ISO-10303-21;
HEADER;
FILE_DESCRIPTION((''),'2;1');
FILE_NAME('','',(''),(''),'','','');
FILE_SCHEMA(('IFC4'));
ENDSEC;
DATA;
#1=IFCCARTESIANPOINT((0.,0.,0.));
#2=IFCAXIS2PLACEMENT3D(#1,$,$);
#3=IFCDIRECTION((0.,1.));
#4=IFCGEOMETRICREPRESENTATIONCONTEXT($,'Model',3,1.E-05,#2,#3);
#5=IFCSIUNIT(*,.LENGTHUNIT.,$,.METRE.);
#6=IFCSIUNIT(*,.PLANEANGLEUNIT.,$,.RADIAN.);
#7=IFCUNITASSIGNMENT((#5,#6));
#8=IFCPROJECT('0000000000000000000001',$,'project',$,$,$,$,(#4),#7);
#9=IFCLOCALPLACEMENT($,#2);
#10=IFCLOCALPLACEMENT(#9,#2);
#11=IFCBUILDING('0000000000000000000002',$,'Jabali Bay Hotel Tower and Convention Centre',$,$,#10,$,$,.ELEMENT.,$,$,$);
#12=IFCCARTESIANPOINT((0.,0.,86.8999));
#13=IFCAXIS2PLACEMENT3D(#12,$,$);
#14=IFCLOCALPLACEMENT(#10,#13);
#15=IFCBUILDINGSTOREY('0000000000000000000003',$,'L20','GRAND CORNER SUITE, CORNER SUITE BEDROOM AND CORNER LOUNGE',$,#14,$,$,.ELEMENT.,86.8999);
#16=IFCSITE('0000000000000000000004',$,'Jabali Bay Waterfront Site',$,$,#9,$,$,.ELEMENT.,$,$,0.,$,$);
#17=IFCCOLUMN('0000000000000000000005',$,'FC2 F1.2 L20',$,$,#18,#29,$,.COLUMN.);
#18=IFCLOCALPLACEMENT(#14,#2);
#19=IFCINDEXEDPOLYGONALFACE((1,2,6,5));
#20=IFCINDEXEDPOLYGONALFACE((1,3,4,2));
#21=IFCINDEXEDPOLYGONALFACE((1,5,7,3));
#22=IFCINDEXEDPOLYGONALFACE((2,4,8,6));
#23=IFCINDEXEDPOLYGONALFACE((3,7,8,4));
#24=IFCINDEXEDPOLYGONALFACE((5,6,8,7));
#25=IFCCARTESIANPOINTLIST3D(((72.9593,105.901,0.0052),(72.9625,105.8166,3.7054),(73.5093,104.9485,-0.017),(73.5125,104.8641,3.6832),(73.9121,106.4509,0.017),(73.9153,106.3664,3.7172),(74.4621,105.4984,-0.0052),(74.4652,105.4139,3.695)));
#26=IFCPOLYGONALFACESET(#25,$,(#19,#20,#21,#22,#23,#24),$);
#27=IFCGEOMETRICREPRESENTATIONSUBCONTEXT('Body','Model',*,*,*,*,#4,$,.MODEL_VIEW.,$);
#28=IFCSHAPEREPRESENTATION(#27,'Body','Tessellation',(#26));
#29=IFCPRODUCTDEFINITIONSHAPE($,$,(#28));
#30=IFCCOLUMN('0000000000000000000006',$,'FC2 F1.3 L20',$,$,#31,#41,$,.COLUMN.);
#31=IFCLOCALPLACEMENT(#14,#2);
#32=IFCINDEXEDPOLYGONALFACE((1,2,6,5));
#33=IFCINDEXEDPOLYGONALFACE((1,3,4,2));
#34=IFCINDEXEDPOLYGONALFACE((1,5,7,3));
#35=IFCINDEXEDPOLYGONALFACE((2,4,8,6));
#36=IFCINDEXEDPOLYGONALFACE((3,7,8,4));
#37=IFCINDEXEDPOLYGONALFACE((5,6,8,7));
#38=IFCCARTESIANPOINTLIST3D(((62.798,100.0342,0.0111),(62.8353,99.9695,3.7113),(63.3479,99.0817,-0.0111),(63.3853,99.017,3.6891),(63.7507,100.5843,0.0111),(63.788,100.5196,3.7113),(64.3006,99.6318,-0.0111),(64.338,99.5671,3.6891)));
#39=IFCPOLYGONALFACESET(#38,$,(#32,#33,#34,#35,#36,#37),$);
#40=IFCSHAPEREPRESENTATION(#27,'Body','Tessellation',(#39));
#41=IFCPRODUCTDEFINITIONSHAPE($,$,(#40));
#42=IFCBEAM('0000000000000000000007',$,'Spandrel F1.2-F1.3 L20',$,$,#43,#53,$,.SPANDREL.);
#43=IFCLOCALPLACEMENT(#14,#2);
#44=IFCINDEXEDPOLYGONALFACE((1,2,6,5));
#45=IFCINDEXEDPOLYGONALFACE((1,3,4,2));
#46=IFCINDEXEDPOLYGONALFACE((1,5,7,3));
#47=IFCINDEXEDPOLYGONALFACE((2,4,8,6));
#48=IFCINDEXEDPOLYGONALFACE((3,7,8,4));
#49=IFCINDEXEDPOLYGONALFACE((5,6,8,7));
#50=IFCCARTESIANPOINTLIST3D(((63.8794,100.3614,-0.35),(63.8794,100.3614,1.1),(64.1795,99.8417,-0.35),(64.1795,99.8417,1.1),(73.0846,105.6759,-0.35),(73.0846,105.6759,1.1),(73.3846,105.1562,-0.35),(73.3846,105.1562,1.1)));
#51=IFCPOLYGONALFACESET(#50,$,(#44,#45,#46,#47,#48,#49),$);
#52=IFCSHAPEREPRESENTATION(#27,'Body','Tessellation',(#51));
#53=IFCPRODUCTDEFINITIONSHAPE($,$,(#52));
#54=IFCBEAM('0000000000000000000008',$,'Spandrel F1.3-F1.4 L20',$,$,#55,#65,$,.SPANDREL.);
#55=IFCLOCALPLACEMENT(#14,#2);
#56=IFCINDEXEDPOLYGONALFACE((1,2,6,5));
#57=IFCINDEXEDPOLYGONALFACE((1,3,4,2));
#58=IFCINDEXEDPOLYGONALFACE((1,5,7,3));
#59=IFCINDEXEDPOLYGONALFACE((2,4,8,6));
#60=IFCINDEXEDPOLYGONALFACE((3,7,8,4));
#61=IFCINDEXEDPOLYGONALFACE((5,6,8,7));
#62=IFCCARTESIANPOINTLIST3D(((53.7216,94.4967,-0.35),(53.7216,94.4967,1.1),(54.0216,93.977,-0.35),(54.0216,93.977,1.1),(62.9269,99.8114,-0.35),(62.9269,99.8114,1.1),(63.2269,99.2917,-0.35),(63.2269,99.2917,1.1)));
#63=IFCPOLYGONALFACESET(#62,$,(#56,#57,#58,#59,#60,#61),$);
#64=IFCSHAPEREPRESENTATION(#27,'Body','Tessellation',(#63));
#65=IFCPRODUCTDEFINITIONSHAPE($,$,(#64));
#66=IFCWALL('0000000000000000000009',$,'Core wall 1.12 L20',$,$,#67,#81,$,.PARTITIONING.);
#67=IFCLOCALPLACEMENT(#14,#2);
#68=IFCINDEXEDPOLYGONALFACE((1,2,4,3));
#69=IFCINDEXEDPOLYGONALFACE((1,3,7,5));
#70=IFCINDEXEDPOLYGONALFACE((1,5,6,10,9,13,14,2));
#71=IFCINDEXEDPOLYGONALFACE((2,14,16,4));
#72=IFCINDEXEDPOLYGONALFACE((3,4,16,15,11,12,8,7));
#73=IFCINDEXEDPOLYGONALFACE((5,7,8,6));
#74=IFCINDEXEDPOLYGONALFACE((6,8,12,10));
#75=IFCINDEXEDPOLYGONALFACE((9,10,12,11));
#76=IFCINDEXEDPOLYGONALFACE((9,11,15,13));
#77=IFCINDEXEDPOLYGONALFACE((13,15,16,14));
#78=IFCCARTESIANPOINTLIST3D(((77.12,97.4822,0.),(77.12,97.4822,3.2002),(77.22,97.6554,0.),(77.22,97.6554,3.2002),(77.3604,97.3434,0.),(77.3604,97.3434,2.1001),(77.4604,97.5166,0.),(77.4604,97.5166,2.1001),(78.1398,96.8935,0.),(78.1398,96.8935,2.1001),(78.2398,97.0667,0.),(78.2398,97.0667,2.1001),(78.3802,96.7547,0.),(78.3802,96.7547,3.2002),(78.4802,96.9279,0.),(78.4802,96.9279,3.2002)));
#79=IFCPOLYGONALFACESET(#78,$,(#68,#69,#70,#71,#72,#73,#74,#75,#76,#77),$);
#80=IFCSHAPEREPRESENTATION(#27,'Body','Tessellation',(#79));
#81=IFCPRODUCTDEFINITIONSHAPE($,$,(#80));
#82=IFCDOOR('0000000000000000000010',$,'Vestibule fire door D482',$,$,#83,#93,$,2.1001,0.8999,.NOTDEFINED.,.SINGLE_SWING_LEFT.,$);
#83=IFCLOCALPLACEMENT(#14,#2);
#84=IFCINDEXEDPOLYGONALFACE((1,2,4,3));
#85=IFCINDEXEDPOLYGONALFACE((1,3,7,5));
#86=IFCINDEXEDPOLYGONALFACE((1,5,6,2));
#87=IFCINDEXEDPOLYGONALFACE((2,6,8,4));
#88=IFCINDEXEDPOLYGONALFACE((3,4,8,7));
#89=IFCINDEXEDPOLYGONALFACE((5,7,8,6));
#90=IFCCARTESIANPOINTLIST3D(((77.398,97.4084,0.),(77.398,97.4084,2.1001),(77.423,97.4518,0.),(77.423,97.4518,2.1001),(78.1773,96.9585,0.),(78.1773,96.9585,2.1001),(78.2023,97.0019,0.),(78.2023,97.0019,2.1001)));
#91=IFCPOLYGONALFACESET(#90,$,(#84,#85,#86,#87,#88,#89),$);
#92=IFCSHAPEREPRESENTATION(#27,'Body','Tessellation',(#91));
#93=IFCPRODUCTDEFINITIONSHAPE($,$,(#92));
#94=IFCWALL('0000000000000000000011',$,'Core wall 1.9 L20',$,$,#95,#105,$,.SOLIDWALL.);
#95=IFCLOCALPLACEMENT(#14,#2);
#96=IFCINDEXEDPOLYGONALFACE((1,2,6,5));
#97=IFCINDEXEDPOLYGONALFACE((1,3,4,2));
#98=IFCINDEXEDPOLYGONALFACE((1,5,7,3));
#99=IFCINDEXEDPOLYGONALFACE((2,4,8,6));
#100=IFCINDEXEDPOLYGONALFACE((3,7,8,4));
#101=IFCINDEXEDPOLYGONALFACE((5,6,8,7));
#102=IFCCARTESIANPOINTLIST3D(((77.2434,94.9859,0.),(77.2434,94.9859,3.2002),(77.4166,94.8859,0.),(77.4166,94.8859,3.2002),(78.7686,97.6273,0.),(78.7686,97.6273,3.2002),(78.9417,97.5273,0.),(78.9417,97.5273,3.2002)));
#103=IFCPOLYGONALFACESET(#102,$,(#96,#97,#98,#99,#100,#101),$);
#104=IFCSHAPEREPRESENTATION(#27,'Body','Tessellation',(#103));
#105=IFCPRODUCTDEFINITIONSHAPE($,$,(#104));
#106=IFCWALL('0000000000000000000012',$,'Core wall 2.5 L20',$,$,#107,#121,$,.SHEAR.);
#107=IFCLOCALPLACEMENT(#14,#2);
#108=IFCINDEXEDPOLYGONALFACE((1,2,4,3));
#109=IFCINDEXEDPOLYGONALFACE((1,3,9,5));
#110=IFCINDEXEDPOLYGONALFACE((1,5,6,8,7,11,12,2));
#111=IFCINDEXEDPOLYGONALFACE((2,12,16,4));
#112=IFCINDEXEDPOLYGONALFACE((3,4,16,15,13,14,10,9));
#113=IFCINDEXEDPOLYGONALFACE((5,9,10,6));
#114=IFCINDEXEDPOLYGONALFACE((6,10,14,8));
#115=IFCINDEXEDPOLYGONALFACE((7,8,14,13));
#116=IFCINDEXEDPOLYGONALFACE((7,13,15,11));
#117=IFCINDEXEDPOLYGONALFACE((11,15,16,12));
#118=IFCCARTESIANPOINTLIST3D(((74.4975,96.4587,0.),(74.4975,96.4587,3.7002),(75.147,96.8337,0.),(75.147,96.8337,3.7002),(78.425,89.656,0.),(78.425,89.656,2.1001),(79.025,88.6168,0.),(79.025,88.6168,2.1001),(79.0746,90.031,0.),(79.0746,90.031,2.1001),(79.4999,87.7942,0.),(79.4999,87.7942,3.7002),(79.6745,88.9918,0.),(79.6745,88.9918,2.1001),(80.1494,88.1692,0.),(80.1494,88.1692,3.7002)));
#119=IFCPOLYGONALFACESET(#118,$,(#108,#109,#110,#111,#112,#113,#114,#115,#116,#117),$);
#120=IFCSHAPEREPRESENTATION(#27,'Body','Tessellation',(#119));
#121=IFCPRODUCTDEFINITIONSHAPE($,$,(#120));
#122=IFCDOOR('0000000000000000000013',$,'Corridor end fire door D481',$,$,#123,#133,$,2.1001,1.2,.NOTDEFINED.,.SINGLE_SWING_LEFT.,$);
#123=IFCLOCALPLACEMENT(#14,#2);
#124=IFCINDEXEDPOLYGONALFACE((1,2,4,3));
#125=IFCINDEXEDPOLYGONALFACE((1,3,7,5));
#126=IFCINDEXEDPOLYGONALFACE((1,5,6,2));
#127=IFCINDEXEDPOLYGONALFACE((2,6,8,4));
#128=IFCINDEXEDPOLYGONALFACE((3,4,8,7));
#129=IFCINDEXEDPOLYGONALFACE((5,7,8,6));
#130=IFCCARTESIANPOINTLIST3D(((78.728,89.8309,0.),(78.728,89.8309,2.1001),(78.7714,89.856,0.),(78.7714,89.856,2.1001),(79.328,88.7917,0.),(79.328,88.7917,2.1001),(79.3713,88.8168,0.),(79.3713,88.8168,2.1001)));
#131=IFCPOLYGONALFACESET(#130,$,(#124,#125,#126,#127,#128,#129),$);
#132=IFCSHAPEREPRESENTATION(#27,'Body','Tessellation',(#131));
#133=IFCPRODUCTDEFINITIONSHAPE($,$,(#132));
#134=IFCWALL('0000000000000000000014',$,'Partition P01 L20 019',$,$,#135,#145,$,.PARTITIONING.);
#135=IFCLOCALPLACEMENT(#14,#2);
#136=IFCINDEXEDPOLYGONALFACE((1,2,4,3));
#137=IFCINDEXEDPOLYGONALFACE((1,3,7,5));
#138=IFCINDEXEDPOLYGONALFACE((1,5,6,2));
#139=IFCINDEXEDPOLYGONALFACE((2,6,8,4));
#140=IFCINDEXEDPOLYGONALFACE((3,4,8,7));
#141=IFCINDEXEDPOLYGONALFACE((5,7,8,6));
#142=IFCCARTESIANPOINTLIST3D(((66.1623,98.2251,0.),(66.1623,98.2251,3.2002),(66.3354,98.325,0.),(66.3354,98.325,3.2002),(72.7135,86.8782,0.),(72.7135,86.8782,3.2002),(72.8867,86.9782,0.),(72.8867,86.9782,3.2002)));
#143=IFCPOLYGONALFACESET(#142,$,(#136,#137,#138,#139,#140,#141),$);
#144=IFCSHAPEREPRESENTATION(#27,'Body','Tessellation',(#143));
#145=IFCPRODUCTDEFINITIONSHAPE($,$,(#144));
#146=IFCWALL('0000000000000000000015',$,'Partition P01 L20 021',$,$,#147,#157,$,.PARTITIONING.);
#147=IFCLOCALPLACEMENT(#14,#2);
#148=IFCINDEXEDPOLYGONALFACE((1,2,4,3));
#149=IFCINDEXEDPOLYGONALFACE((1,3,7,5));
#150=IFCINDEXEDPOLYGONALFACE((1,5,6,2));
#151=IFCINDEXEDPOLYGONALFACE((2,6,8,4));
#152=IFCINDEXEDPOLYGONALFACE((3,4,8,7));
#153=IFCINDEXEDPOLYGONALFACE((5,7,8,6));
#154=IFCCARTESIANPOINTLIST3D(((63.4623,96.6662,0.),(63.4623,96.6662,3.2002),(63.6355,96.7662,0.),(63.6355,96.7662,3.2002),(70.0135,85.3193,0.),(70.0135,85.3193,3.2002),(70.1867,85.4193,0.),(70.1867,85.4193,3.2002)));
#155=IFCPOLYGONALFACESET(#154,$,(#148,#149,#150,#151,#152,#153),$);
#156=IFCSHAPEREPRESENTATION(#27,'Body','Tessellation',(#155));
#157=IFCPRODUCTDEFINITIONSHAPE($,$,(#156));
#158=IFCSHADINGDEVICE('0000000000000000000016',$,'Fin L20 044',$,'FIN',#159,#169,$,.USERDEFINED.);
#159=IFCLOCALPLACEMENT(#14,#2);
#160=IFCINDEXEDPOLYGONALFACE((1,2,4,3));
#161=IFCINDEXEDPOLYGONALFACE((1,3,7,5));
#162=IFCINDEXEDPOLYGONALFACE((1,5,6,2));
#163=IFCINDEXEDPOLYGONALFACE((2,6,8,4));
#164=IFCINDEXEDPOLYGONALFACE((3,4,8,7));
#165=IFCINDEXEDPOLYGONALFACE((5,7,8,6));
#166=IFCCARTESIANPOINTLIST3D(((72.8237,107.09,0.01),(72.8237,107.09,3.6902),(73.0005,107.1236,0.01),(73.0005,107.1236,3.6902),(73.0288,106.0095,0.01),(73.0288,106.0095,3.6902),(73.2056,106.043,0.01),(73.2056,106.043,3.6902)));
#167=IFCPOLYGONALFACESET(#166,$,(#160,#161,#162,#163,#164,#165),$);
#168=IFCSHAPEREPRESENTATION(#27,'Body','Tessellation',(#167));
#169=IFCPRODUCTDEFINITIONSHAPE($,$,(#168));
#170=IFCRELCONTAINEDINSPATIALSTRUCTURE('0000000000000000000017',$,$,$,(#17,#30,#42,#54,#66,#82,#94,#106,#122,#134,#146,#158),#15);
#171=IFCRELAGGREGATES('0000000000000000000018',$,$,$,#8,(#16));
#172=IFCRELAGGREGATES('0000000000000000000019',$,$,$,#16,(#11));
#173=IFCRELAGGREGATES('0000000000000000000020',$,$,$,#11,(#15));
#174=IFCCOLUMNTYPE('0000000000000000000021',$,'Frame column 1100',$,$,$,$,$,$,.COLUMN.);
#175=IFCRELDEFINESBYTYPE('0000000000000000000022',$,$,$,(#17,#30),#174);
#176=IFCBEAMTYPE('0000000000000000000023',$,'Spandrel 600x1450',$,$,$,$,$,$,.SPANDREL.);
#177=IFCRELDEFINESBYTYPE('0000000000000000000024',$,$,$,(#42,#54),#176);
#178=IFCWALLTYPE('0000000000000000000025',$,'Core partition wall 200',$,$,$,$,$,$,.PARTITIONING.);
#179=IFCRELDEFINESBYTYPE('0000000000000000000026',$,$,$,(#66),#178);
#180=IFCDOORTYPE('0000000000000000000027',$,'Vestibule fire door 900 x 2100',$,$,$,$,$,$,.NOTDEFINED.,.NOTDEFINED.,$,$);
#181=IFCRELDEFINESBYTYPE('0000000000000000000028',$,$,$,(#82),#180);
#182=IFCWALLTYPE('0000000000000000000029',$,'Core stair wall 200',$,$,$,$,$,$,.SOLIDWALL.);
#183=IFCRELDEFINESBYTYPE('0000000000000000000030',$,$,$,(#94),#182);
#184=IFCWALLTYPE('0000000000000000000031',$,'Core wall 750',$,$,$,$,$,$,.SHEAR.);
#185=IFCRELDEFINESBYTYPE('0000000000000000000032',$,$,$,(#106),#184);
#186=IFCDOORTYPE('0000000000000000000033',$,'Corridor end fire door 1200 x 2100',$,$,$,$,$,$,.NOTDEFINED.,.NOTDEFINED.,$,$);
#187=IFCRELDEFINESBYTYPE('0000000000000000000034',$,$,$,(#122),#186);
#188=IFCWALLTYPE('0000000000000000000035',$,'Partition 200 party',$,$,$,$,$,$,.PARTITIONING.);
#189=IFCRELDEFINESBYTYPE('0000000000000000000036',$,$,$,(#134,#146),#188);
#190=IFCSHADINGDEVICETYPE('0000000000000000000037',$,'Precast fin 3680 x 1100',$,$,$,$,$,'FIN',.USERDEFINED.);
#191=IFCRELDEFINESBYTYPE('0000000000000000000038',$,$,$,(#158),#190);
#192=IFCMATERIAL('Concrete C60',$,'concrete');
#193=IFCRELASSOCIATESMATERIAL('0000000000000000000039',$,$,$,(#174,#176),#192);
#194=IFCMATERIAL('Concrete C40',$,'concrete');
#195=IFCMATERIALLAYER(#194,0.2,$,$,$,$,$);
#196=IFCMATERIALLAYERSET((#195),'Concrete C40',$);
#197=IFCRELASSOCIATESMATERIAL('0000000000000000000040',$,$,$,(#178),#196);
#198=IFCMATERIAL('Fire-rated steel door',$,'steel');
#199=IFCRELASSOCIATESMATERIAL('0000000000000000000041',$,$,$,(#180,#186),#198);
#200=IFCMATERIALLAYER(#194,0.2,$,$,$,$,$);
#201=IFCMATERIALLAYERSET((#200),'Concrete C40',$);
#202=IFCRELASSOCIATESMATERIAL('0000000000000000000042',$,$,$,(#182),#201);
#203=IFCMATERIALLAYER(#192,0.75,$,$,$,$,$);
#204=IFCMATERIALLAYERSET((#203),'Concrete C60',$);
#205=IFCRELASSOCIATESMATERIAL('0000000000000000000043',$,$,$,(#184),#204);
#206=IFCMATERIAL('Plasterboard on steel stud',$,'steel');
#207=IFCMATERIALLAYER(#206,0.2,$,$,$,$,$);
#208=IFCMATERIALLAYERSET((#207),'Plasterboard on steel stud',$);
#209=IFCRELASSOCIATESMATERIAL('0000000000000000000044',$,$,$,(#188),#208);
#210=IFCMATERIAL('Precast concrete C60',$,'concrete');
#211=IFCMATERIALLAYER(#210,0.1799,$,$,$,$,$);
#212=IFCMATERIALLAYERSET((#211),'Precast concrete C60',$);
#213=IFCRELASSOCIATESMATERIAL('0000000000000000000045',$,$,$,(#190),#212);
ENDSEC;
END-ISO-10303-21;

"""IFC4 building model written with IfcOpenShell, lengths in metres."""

from ifc_helpers import new_model, si_unit, direction, frame, frame_2d, origin, origin_2d, place, context, subcontext, project, spatial, rectangle, extrude, material, layer, layer_set, material_profile, profile_set, type_object, element, fill, save


model = new_model("IFC4")

# Units and contexts
model_context = context("Model", 3, precision=1e-05, world=origin(), true_north=direction((0.0, 1.0)))
body_context = subcontext(model_context, "Body", "Model", "MODEL_VIEW")
ifc_project = project(units=[si_unit("LENGTHUNIT", "METRE"), si_unit("PLANEANGLEUNIT", "RADIAN")], contexts=[model_context])

# Site, building, storey
site_placement = place(None, origin())
site = spatial("IfcSite", under=ifc_project, at=site_placement, Name="Jabali Bay Waterfront Site", CompositionType="ELEMENT", RefElevation=0.0)
building_placement = place(site_placement, origin())
building = spatial("IfcBuilding", under=site, at=building_placement, Name="Jabali Bay Hotel Tower and Convention Centre", CompositionType="ELEMENT")
storey_placement = place(building_placement, frame((0.0, 0.0, 86.8999)))
storey = spatial("IfcBuildingStorey", under=building, at=storey_placement, Name="L20", Description="GRAND CORNER SUITE, CORNER SUITE BEDROOM AND CORNER LOUNGE", CompositionType="ELEMENT", Elevation=86.8999)

# Columns
ifc_material_1 = material(Name="Concrete C60", Category="concrete")
ifc_material_profile_1 = material_profile(ifc_material_1, rectangle(XDim=1.1001, YDim=1.1001, at=origin_2d()), Name="Frame column 1100")
ifc_profile_set_1 = profile_set([ifc_material_profile_1], Name="Concrete C60")
column_type = type_object("IfcColumnType", Name="Frame column 1100", PredefinedType="COLUMN", material=ifc_profile_set_1)
column_1_placement = place(storey_placement, frame((73.7107, 105.6997, 0.0), z_axis=(0.000858, -0.022823, 0.999739), x_axis=(0.86606, 0.499825, 0.010668)))
element("IfcColumn", 1, at=column_1_placement, inside=storey, type_object=column_type, Name="FC2 F1.2 L20", PredefinedType="COLUMN", context=body_context, shape_type="SweptSolid", body=[
    extrude(rectangle(XDim=1.1001, YDim=1.1001, at=origin_2d()), origin(), (0.0, 0.0, 1.0), 3.7012),
])
column_2_placement = place(storey_placement, frame((63.5493, 99.833, 0.0), z_axis=(0.010093, -0.017481, 0.999796), x_axis=(0.866017, 0.500015, 0.0)))
element("IfcColumn", 2, at=column_2_placement, inside=storey, type_object=column_type, Name="FC2 F1.3 L20", PredefinedType="COLUMN", context=body_context, shape_type="SweptSolid", body=[
    extrude(rectangle(XDim=1.1001, YDim=1.1001, at=origin_2d()), origin(), (0.0, 0.0, 1.0), 3.7009),
])

# Beams
ifc_material_profile_2 = material_profile(ifc_material_1, rectangle(XDim=0.6001, YDim=1.45, at=origin_2d()), Name="Spandrel 600x1450")
ifc_profile_set_2 = profile_set([ifc_material_profile_2], Name="Concrete C60")
beam_type = type_object("IfcBeamType", Name="Spandrel 600x1450", PredefinedType="SPANDREL", material=ifc_profile_set_2)
beam_1_placement = place(storey_placement, frame((73.2346, 105.416, 0.375), z_axis=(-0.86603, -0.499993, 0.0), x_axis=(0.499993, -0.86603, 0.0)))
element("IfcBeam", 3, at=beam_1_placement, inside=storey, type_object=beam_type, Name="Spandrel F1.2-F1.3 L20", PredefinedType="SPANDREL", context=body_context, shape_type="SweptSolid", body=[
    extrude(rectangle(XDim=0.6001, YDim=1.45, at=origin_2d()), origin(), (0.0, 0.0, 1.0), 10.6292),
])
beam_2_placement = place(storey_placement, frame((63.0769, 99.5515, 0.375), z_axis=(-0.866025, -0.5, 0.0), x_axis=(0.5, -0.866025, 0.0)))
element("IfcBeam", 4, at=beam_2_placement, inside=storey, type_object=beam_type, Name="Spandrel F1.3-F1.4 L20", PredefinedType="SPANDREL", context=body_context, shape_type="SweptSolid", body=[
    extrude(rectangle(XDim=0.6001, YDim=1.45, at=origin_2d()), origin(), (0.0, 0.0, 1.0), 10.6294),
])

# Wall, opening, door
ifc_material_2 = material(Name="Concrete C40", Category="concrete")
ifc_layer_1 = layer(ifc_material_2, 0.2)
ifc_layer_set_1 = layer_set([ifc_layer_1], Name="Concrete C40")
wall_type_1 = type_object("IfcWallType", Name="Core partition wall 200", PredefinedType="PARTITIONING", material=ifc_layer_set_1)
wall_1_placement = place(storey_placement, frame((78.4302, 96.8413, 0.0), z_axis=(0.0, 0.0, 1.0), x_axis=(-0.866046, 0.499965, 0.0)))
wall_1 = element("IfcWall", 5, at=wall_1_placement, inside=storey, type_object=wall_type_1, Name="Core wall 1.12 L20", PredefinedType="PARTITIONING", context=body_context, shape_type="SweptSolid", body=[
    extrude(rectangle(XDim=1.4551, YDim=0.2, at=frame_2d((0.7275, 0.0))), origin(), (0.0, 0.0, 1.0), 3.2002),
])
opening_1_placement = place(wall_1_placement, frame((0.2776, 0.0, 0.0)))
opening_1 = element("IfcOpeningElement", 6, at=opening_1_placement, cuts=wall_1, PredefinedType="OPENING", context=body_context, shape_type="SweptSolid", body=[
    extrude(rectangle(XDim=0.8999, YDim=2.1001, at=frame_2d((0.45, 1.05))), frame((0.0, 0.1104, 0.0), z_axis=(0.0, -1.0, 0.0), x_axis=(1.0, 0.0, 0.0)), (0.0, 0.0, 1.0), 0.2209),
])
ifc_material_3 = material(Name="Fire-rated steel door", Category="steel")
door_type_1 = type_object("IfcDoorType", Name="Vestibule fire door 900 x 2100", OperationType="NOTDEFINED", PredefinedType="NOTDEFINED", material=ifc_material_3)
door_1_placement = place(opening_1_placement, origin())
door_1 = element("IfcDoor", 7, at=door_1_placement, inside=storey, type_object=door_type_1, Name="Vestibule fire door D482", OperationType="SINGLE_SWING_LEFT", OverallHeight=2.1001, OverallWidth=0.8999, PredefinedType="NOTDEFINED", context=body_context, shape_type="SweptSolid", body=[
    extrude(rectangle(XDim=0.8999, YDim=2.1001, at=frame_2d((0.45, 1.05))), frame((0.0, 0.0249, 0.0), z_axis=(0.0, -1.0, 0.0), x_axis=(1.0, 0.0, 0.0)), (0.0, 0.0, 1.0), 0.05),
])
fill(opening_1, door_1)

# Wall
ifc_layer_2 = layer(ifc_material_2, 0.2)
ifc_layer_set_2 = layer_set([ifc_layer_2], Name="Concrete C40")
wall_type_2 = type_object("IfcWallType", Name="Core stair wall 200", PredefinedType="SOLIDWALL", material=ifc_layer_set_2)
wall_2_placement = place(storey_placement, frame((77.3301, 94.936, 0.0), z_axis=(0.0, 0.0, 1.0), x_axis=(0.500039, 0.866003, 0.0)))
element("IfcWall", 8, at=wall_2_placement, inside=storey, type_object=wall_type_2, Name="Core wall 1.9 L20", PredefinedType="SOLIDWALL", context=body_context, shape_type="SweptSolid", body=[
    extrude(rectangle(XDim=3.05, YDim=0.2, at=frame_2d((1.5249, 0.0))), origin(), (0.0, 0.0, 1.0), 3.2002),
])

# Wall, opening, door
ifc_layer_3 = layer(ifc_material_1, 0.75)
ifc_layer_set_3 = layer_set([ifc_layer_3], Name="Concrete C60")
wall_type_3 = type_object("IfcWallType", Name="Core wall 750", PredefinedType="SHEAR", material=ifc_layer_set_3)
wall_3_placement = place(storey_placement, frame((74.8223, 96.6462, 0.0), z_axis=(0.0, 0.0, 1.0), x_axis=(0.499997, -0.866027, 0.0)))
wall_3 = element("IfcWall", 9, at=wall_3_placement, inside=storey, type_object=wall_type_3, Name="Core wall 2.5 L20", PredefinedType="SHEAR", context=body_context, shape_type="SweptSolid", body=[
    extrude(rectangle(XDim=10.0049, YDim=0.75, at=frame_2d((5.0024, 0.0))), origin(), (0.0, 0.0, 1.0), 3.7002),
])
opening_2_placement = place(wall_3_placement, frame((7.855, 0.0, 0.0)))
opening_2 = element("IfcOpeningElement", 10, at=opening_2_placement, cuts=wall_3, PredefinedType="OPENING", context=body_context, shape_type="SweptSolid", body=[
    extrude(rectangle(XDim=1.2, YDim=2.1001, at=frame_2d((0.6001, 1.05))), frame((0.0, 0.3855, 0.0), z_axis=(0.0, -1.0, 0.0), x_axis=(1.0, 0.0, 0.0)), (0.0, 0.0, 1.0), 0.771),
])
door_type_2 = type_object("IfcDoorType", Name="Corridor end fire door 1200 x 2100", OperationType="NOTDEFINED", PredefinedType="NOTDEFINED", material=ifc_material_3)
door_2_placement = place(opening_2_placement, origin())
door_2 = element("IfcDoor", 11, at=door_2_placement, inside=storey, type_object=door_type_2, Name="Corridor end fire door D481", OperationType="SINGLE_SWING_LEFT", OverallHeight=2.1001, OverallWidth=1.2, PredefinedType="NOTDEFINED", context=body_context, shape_type="SweptSolid", body=[
    extrude(rectangle(XDim=1.2, YDim=2.1001, at=frame_2d((0.6001, 1.05))), frame((0.0, 0.0249, 0.0), z_axis=(0.0, -1.0, 0.0), x_axis=(1.0, 0.0, 0.0)), (0.0, 0.0, 1.0), 0.05),
])
fill(opening_2, door_2)

# Walls
ifc_material_4 = material(Name="Plasterboard on steel stud", Category="steel")
ifc_layer_4 = layer(ifc_material_4, 0.2)
ifc_layer_set_4 = layer_set([ifc_layer_4], Name="Plasterboard on steel stud")
wall_type_4 = type_object("IfcWallType", Name="Partition 200 party", PredefinedType="PARTITIONING", material=ifc_layer_set_4)
for number, where, z_axis, x_axis, name in (
    (12, (66.2488, 98.2751, 0.0), (0.0, 0.0, 1.0), (0.500007, -0.866021, 0.0), "Partition P01 L20 019"),
    (13, (63.5488, 96.7163, 0.0), (0.0, 0.0, 1.0), (0.500007, -0.866021, 0.0), "Partition P01 L20 021"),
):
    element("IfcWall", number, at=place(storey_placement, frame(where, z_axis=z_axis, x_axis=x_axis)), inside=storey, type_object=wall_type_4, Name=name, PredefinedType="PARTITIONING", context=body_context, shape_type="SweptSolid", body=[
        extrude(rectangle(XDim=13.1023, YDim=0.2, at=frame_2d((6.5513, 0.0))), origin(), (0.0, 0.0, 1.0), 3.2002),
    ])

# Shading device
ifc_material_5 = material(Name="Precast concrete C60", Category="concrete")
ifc_layer_5 = layer(ifc_material_5, 0.1799)
ifc_layer_set_5 = layer_set([ifc_layer_5], Name="Precast concrete C60")
shading_device_type_1 = type_object("IfcShadingDeviceType", Name="Precast fin 3680 x 1100", ElementType="FIN", PredefinedType="USERDEFINED", material=ifc_layer_set_5)
shading_device_1_placement = place(storey_placement, frame((73.1172, 106.0264, 0.01), z_axis=(0.0, 0.0, 1.0), x_axis=(-0.186459, 0.982463, 0.0)))
element("IfcShadingDevice", 14, at=shading_device_1_placement, inside=storey, type_object=shading_device_type_1, Name="Fin L20 044", ObjectType="FIN", PredefinedType="USERDEFINED", context=body_context, shape_type="SweptSolid", body=[
    extrude(rectangle(XDim=1.0999, YDim=0.1799, at=frame_2d((0.5498, 0.0))), origin(), (0.0, 0.0, 1.0), 3.6802),
])

save(model, "model.ifc")
